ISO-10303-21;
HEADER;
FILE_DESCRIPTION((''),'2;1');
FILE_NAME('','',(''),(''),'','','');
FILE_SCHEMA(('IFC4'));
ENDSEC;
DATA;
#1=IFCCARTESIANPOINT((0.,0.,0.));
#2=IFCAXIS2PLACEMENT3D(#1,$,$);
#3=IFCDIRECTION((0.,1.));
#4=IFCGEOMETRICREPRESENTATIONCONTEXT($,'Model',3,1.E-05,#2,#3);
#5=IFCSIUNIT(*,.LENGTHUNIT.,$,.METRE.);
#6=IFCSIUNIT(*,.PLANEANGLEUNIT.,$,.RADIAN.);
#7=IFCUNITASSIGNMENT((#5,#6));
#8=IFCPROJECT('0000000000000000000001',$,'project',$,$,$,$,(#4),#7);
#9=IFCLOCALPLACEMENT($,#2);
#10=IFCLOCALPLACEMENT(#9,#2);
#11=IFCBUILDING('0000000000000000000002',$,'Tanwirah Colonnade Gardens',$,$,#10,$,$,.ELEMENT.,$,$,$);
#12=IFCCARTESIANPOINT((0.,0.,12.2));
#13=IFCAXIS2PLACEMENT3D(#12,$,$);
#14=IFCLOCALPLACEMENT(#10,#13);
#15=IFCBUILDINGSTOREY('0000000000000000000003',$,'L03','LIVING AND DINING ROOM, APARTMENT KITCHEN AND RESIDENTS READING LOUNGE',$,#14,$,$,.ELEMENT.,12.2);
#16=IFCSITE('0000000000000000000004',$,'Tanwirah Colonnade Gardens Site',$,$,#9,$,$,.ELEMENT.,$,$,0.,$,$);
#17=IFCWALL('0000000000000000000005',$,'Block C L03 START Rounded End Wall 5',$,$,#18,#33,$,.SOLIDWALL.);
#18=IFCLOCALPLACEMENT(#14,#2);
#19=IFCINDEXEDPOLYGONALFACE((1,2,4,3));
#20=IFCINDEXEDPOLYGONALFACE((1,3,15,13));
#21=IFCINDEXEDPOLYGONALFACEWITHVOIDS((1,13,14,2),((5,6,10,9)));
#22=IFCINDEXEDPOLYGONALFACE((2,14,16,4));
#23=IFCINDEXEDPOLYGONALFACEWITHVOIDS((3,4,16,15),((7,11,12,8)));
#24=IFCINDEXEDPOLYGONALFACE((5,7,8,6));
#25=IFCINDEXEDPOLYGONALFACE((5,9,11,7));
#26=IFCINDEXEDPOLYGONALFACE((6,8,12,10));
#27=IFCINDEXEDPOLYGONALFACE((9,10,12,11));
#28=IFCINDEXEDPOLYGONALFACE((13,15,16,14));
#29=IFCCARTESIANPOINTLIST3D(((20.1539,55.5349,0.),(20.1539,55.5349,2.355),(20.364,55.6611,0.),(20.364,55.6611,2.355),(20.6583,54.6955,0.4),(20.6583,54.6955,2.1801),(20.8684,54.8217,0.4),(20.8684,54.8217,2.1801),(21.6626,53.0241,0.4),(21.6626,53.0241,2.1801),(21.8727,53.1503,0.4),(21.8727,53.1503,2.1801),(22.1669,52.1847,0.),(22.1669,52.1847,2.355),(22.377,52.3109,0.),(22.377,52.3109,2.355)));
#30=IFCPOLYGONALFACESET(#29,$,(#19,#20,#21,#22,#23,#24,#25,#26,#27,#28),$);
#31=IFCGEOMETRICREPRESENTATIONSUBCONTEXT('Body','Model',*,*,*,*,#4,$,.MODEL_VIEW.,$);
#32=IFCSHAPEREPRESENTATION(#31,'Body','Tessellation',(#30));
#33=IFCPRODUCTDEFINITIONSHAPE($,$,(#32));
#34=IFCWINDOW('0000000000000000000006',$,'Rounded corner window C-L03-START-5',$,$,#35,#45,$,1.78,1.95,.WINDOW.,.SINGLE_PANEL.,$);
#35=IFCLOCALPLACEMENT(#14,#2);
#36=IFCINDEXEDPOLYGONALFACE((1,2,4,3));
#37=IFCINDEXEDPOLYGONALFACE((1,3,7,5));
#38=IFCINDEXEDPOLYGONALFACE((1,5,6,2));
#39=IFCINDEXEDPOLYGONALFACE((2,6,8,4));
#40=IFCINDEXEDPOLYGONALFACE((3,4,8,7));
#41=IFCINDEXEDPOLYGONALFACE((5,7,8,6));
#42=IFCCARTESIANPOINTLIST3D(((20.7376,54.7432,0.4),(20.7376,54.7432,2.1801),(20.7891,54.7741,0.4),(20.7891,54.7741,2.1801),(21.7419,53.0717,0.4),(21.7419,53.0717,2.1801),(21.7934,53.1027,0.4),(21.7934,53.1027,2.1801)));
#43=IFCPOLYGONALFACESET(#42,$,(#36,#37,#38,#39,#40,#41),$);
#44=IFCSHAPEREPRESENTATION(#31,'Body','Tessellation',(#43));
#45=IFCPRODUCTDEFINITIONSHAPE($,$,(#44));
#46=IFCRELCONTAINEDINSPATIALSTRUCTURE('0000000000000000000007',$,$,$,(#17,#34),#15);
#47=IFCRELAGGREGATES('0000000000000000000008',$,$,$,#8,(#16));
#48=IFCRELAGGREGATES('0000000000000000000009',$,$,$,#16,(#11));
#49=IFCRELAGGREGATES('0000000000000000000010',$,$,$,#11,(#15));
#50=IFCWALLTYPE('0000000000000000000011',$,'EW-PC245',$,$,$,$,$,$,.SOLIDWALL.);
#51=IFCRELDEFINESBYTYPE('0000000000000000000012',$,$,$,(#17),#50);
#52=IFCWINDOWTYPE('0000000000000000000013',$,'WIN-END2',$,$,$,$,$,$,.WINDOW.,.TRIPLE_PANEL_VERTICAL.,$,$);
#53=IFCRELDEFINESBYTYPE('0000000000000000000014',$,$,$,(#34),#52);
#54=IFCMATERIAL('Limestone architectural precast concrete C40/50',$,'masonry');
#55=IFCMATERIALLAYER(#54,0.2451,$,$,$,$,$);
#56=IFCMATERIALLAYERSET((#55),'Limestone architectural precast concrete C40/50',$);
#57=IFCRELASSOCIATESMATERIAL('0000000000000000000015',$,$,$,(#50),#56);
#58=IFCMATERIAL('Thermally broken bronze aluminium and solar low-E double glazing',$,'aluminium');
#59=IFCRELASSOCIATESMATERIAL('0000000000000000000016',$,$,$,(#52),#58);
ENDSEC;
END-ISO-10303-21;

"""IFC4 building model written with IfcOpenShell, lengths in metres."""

from ifc_helpers import new_model, si_unit, direction, frame, frame_2d, origin, place, context, subcontext, project, spatial, rectangle, extrude, material, layer, layer_set, type_object, element, fill, save


model = new_model("IFC4")

# Units and contexts
model_context = context("Model", 3, precision=1e-05, world=origin(), true_north=direction((0.0, 1.0)))
body_context = subcontext(model_context, "Body", "Model", "MODEL_VIEW")
ifc_project = project(units=[si_unit("LENGTHUNIT", "METRE"), si_unit("PLANEANGLEUNIT", "RADIAN")], contexts=[model_context])

# Site, building, storey
site_placement = place(None, origin())
site = spatial("IfcSite", under=ifc_project, at=site_placement, Name="Tanwirah Colonnade Gardens Site", CompositionType="ELEMENT", RefElevation=0.0)
building_placement = place(site_placement, origin())
building = spatial("IfcBuilding", under=site, at=building_placement, Name="Tanwirah Colonnade Gardens", CompositionType="ELEMENT")
storey_placement = place(building_placement, frame((0.0, 0.0, 12.2)))
storey = spatial("IfcBuildingStorey", under=building, at=storey_placement, Name="L03", Description="LIVING AND DINING ROOM, APARTMENT KITCHEN AND RESIDENTS READING LOUNGE", CompositionType="ELEMENT", Elevation=12.2)

# Shared definitions
ifc_material_1 = material(Name="Limestone architectural precast concrete C40/50", Category="masonry")
ifc_layer = layer(ifc_material_1, 0.2451)
ifc_layer_set = layer_set([ifc_layer], Name="Limestone architectural precast concrete C40/50")
wall_type = type_object("IfcWallType", Name="EW-PC245", PredefinedType="SOLIDWALL", material=ifc_layer_set)
ifc_material_2 = material(Name="Thermally broken bronze aluminium and solar low-E double glazing", Category="aluminium")
window_type_1 = type_object("IfcWindowType", Name="WIN-END2", PartitioningType="TRIPLE_PANEL_VERTICAL", PredefinedType="WINDOW", material=ifc_material_2)

# Wall, opening, window
wall_1_placement = place(storey_placement, frame((20.259, 55.5979, 0.0), z_axis=(0.0, 0.0, 1.0), x_axis=(0.515038, -0.857168, 0.0)))
wall_1 = element("IfcWall", 1, at=wall_1_placement, inside=storey, type_object=wall_type, Name="Block C L03 START Rounded End Wall 5", PredefinedType="SOLIDWALL", context=body_context, shape_type="SweptSolid", body=[
    extrude(rectangle(XDim=3.9084, YDim=0.2451, at=frame_2d((1.9541, 0.0))), origin(), (0.0, 0.0, 1.0), 2.355),
])
opening_1_placement = place(wall_1_placement, frame((0.979, 0.0, 0.3999)))
opening_1 = element("IfcOpeningElement", 2, at=opening_1_placement, cuts=wall_1, PredefinedType="OPENING", context=body_context, shape_type="SweptSolid", body=[
    extrude(rectangle(XDim=1.95, YDim=1.78, at=frame_2d((0.9751, 0.8901))), frame((0.0, 0.1326, 0.0), z_axis=(0.0, -1.0, 0.0), x_axis=(1.0, 0.0, 0.0)), (0.0, 0.0, 1.0), 0.2651),
])
window_1_placement = place(opening_1_placement, origin())
window_1 = element("IfcWindow", 3, at=window_1_placement, inside=storey, type_object=window_type_1, Name="Rounded corner window C-L03-START-5", OverallHeight=1.78, OverallWidth=1.95, PartitioningType="SINGLE_PANEL", PredefinedType="WINDOW", context=body_context, shape_type="SweptSolid", body=[
    extrude(rectangle(XDim=1.95, YDim=1.78, at=frame_2d((0.9751, 0.8901))), frame((0.0, 0.03, 0.0), z_axis=(0.0, -1.0, 0.0), x_axis=(1.0, 0.0, 0.0)), (0.0, 0.0, 1.0), 0.0601),
])
fill(opening_1, window_1)

save(model, "model.ifc")
